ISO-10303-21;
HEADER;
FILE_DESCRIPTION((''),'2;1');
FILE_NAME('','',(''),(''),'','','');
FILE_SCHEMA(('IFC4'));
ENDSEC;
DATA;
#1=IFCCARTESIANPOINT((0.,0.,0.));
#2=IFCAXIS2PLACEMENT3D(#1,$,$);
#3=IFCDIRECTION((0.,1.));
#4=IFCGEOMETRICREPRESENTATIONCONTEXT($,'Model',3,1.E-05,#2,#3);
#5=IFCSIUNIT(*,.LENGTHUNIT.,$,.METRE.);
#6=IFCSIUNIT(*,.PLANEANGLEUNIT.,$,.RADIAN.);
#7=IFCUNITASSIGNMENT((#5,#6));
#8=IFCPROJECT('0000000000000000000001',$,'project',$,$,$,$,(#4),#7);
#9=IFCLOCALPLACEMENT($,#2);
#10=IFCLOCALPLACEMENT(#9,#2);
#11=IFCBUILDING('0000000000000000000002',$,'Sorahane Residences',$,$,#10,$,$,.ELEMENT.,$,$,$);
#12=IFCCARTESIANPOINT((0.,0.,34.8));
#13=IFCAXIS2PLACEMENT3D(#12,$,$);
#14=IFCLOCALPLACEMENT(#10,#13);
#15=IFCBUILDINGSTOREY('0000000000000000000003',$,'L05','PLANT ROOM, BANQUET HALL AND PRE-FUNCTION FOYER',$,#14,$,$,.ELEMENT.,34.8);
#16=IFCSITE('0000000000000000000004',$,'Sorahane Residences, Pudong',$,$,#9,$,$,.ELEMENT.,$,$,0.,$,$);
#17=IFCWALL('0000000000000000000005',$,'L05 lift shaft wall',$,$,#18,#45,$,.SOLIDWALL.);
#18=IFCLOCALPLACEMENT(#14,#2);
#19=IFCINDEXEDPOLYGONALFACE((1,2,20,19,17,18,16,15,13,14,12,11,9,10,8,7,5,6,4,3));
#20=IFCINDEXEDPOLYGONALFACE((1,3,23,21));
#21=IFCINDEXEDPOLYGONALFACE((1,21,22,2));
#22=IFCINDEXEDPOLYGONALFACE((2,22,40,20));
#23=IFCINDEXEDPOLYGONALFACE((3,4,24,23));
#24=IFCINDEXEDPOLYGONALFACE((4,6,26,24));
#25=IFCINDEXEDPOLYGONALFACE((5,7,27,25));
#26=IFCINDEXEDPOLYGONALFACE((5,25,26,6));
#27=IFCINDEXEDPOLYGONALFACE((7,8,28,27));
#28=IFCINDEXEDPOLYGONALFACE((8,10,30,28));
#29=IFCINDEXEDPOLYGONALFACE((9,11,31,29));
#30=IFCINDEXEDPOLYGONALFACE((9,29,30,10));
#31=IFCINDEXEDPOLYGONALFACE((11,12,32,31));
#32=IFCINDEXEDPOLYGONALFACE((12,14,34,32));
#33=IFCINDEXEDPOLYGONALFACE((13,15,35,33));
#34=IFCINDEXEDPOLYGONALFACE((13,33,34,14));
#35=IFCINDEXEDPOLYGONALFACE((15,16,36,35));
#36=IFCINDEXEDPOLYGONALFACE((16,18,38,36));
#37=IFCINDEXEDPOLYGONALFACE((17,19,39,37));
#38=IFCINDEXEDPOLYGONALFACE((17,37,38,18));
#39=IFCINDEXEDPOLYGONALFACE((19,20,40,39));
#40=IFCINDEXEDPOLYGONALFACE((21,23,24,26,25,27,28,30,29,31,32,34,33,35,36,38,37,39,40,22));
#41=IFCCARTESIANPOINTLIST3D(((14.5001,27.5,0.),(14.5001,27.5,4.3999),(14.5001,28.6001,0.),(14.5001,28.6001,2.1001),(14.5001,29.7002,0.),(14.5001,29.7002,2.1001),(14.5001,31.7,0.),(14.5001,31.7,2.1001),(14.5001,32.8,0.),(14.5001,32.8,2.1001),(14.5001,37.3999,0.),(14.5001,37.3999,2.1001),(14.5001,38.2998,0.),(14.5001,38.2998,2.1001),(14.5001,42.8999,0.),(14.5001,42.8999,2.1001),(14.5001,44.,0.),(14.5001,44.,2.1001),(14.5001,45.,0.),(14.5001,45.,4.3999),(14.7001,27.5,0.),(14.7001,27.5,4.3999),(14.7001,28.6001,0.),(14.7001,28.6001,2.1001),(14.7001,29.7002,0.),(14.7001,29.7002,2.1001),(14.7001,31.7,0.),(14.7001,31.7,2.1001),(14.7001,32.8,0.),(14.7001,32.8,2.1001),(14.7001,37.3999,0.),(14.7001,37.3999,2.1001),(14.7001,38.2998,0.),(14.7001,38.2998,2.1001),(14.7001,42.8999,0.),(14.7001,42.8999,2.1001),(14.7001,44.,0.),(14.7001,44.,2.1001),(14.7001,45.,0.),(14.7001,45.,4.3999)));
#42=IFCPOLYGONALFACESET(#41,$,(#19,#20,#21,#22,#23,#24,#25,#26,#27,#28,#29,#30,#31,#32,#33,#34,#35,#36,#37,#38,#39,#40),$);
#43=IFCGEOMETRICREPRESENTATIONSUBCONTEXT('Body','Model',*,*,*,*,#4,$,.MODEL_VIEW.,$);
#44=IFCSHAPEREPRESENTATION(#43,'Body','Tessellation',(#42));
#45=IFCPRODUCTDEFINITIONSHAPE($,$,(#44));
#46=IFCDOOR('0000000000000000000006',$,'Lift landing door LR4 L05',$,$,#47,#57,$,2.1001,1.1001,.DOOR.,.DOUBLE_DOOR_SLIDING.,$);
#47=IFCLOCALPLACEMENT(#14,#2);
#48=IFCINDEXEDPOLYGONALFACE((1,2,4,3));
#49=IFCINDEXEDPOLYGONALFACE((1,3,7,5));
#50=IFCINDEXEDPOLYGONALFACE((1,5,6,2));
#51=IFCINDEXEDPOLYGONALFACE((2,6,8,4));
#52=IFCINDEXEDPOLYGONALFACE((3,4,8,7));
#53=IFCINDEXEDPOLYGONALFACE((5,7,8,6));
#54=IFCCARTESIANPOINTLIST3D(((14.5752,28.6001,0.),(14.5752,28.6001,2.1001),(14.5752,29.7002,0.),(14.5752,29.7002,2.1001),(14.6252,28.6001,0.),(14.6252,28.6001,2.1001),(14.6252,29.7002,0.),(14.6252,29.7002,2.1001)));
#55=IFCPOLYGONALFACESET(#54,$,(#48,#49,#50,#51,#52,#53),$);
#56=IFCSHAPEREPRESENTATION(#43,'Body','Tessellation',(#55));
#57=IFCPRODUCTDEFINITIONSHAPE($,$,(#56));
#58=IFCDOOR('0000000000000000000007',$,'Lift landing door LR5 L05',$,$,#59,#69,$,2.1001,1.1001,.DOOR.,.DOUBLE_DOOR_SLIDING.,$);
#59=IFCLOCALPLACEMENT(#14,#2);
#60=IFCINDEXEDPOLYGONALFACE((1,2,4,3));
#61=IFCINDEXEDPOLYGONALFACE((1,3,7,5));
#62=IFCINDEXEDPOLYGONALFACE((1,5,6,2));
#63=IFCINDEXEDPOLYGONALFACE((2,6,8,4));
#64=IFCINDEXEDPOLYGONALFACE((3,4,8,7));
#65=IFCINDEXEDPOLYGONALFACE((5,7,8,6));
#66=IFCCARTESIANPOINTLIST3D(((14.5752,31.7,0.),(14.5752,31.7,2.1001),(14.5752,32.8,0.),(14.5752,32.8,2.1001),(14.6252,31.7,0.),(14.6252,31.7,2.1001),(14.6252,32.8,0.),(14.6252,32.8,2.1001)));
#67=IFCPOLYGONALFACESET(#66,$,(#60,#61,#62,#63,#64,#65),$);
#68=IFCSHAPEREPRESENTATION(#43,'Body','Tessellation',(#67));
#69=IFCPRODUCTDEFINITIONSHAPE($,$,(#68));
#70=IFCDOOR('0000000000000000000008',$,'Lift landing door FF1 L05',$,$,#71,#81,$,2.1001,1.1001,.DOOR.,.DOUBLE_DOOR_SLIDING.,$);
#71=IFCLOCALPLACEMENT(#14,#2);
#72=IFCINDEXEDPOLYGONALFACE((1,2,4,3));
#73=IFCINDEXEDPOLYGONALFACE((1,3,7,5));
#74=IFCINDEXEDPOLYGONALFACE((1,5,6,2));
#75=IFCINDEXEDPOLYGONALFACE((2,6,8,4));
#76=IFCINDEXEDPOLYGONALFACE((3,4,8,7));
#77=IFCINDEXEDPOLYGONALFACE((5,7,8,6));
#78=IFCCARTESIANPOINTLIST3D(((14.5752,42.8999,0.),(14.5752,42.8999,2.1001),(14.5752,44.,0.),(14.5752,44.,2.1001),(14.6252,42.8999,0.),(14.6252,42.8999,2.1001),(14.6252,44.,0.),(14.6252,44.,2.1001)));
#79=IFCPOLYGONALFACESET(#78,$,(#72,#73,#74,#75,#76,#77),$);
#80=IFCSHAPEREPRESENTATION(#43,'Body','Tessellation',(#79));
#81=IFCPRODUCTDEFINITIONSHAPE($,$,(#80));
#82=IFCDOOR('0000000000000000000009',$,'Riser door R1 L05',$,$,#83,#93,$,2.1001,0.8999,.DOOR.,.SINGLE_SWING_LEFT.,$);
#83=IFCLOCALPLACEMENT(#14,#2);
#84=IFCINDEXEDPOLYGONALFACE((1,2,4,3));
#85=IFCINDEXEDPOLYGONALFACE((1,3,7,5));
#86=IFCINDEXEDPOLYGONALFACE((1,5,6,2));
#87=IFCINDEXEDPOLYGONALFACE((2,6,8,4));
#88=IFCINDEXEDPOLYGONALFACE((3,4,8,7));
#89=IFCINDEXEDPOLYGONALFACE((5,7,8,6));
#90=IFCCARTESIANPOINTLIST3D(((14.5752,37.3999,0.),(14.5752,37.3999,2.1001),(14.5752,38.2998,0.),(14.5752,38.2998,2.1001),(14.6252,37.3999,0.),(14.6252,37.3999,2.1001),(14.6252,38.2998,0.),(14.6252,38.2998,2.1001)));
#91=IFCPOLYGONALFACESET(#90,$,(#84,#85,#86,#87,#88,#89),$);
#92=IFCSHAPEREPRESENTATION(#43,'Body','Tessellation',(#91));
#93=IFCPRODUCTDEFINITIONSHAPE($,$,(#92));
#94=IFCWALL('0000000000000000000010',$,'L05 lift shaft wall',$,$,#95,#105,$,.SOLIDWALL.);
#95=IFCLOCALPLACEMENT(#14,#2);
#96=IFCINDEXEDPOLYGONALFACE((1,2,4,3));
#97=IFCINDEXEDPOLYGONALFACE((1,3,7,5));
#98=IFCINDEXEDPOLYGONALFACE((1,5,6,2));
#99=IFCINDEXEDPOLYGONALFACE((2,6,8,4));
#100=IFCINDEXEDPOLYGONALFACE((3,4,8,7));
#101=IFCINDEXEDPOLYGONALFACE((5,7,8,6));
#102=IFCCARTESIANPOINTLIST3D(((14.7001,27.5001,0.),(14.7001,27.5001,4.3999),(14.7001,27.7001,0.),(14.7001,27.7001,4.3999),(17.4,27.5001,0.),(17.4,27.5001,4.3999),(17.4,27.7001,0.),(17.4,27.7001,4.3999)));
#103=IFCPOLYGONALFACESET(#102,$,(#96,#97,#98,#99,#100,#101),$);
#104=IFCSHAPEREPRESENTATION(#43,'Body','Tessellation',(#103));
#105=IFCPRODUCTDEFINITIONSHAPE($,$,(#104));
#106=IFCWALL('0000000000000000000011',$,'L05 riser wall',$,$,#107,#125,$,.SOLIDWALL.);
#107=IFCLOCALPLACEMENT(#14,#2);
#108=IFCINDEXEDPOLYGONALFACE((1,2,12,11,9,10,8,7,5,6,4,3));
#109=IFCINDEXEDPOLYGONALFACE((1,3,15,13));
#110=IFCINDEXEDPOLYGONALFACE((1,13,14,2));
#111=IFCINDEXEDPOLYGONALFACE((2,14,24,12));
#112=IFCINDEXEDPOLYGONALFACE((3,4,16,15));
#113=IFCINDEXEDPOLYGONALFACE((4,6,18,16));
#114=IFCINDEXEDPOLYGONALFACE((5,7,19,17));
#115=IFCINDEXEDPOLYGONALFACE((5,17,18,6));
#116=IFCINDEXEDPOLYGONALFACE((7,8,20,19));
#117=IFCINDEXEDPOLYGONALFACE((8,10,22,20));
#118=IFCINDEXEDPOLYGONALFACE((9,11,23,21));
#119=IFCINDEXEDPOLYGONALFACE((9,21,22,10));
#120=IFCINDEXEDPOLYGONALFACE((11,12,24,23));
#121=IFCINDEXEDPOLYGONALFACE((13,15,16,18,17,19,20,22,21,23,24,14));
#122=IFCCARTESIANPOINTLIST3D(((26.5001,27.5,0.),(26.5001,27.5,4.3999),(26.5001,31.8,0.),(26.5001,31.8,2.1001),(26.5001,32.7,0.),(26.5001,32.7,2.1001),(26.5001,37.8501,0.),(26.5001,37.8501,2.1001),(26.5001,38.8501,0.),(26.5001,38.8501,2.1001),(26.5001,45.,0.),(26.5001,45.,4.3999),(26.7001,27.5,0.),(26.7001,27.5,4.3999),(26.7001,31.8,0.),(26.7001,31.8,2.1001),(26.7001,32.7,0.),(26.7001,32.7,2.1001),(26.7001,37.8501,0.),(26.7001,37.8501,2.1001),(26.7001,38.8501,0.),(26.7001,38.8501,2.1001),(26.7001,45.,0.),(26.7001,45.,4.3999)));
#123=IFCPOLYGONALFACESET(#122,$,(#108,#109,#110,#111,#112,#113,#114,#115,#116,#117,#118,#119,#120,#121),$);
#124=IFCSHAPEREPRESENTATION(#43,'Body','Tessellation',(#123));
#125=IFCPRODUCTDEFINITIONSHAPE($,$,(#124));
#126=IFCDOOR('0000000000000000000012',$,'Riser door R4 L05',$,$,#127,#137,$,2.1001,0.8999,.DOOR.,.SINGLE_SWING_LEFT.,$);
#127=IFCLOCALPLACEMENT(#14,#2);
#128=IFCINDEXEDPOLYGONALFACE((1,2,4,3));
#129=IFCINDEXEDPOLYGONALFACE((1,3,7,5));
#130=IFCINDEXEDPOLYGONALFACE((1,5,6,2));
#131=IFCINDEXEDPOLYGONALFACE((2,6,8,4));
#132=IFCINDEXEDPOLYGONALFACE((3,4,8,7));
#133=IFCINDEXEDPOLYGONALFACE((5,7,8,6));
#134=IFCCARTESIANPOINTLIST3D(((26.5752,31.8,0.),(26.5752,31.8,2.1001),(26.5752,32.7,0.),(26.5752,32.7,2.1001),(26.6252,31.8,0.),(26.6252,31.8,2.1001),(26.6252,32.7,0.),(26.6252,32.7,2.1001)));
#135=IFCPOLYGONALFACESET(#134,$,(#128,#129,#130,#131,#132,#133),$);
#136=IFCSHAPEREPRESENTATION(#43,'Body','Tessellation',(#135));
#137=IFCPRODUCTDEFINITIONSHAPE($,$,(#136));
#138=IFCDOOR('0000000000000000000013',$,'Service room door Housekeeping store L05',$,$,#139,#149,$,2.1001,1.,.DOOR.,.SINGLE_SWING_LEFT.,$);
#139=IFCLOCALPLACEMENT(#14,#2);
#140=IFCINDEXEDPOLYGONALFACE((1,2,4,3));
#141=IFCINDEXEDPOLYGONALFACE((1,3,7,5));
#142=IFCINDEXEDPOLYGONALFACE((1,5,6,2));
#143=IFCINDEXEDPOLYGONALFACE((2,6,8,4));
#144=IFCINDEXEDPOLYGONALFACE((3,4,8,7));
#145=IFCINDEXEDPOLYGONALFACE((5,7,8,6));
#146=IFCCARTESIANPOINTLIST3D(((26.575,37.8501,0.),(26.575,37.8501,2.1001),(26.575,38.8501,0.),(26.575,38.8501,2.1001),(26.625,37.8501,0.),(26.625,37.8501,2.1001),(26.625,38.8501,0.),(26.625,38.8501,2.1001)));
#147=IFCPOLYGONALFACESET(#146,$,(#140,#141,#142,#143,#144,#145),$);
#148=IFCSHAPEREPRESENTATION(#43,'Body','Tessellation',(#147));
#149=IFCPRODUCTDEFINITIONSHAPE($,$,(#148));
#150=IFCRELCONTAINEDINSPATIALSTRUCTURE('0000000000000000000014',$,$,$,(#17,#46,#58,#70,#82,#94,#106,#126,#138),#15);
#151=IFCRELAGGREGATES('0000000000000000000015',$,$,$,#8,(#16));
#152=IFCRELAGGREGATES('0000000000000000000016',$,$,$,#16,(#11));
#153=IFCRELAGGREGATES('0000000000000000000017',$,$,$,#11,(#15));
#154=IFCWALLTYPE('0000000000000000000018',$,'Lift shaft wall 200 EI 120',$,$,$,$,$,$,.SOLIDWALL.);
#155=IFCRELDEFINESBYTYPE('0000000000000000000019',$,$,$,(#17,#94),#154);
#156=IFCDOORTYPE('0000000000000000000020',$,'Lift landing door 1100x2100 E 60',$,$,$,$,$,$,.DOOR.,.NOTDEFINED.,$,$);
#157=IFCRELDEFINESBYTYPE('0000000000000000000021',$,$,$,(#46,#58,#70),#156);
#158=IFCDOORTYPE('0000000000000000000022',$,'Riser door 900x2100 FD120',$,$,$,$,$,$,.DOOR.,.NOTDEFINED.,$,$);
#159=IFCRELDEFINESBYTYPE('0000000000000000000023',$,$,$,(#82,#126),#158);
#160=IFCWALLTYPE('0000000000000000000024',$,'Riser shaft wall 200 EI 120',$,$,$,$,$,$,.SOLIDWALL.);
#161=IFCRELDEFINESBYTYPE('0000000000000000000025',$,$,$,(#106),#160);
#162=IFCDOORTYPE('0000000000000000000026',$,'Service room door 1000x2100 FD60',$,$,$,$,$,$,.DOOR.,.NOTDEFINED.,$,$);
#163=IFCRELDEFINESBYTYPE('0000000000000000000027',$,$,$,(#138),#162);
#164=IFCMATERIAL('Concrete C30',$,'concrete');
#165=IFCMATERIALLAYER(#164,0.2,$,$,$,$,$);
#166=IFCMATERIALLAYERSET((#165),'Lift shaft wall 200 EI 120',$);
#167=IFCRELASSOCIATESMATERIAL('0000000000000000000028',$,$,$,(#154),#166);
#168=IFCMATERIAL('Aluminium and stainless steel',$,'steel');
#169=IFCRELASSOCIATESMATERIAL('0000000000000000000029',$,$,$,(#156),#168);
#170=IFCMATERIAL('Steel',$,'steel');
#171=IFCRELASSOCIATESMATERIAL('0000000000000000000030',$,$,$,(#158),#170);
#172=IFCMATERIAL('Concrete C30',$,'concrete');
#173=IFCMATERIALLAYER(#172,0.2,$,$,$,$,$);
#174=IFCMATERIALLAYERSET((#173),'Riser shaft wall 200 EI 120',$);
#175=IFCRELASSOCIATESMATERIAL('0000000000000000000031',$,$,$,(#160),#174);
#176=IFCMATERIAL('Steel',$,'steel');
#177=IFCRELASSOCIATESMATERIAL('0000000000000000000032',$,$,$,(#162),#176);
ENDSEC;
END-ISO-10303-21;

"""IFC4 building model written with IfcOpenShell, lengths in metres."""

from ifc_helpers import new_model, si_unit, direction, frame, frame_2d, origin, place, context, subcontext, project, spatial, rectangle, extrude, material, layer, layer_set, type_object, element, fill, save


model = new_model("IFC4")

# Units and contexts
model_context = context("Model", 3, precision=1e-05, world=origin(), true_north=direction((0.0, 1.0)))
body_context = subcontext(model_context, "Body", "Model", "MODEL_VIEW")
ifc_project = project(units=[si_unit("LENGTHUNIT", "METRE"), si_unit("PLANEANGLEUNIT", "RADIAN")], contexts=[model_context])

# Site, building, storey
site_placement = place(None, origin())
site = spatial("IfcSite", under=ifc_project, at=site_placement, Name="Sorahane Residences, Pudong", CompositionType="ELEMENT", RefElevation=0.0)
building_placement = place(site_placement, origin())
building = spatial("IfcBuilding", under=site, at=building_placement, Name="Sorahane Residences", CompositionType="ELEMENT")
storey_placement = place(building_placement, frame((0.0, 0.0, 34.8)))
storey = spatial("IfcBuildingStorey", under=building, at=storey_placement, Name="L05", Description="PLANT ROOM, BANQUET HALL AND PRE-FUNCTION FOYER", CompositionType="ELEMENT", Elevation=34.8)

# Wall, openings, doors
ifc_material_1 = material(Name="Concrete C30", Category="concrete")
ifc_layer_1 = layer(ifc_material_1, 0.2)
ifc_layer_set_1 = layer_set([ifc_layer_1], Name="Lift shaft wall 200 EI 120")
wall_type_1 = type_object("IfcWallType", Name="Lift shaft wall 200 EI 120", PredefinedType="SOLIDWALL", material=ifc_layer_set_1)
wall_1_placement = place(storey_placement, frame((14.6001, 27.5, 0.0), z_axis=(0.0, 0.0, 1.0), x_axis=(0.0, 1.0, 0.0)))
wall_1 = element("IfcWall", 1, at=wall_1_placement, inside=storey, type_object=wall_type_1, Name="L05 lift shaft wall", PredefinedType="SOLIDWALL", context=body_context, shape_type="SweptSolid", body=[
    extrude(rectangle(XDim=17.5, YDim=0.2, at=frame_2d((8.75, 0.0))), origin(), (0.0, 0.0, 1.0), 4.3999),
])
opening_1_placement = place(wall_1_placement, frame((1.1001, 0.0, 0.0)))
opening_1 = element("IfcOpeningElement", 2, at=opening_1_placement, cuts=wall_1, PredefinedType="OPENING", context=body_context, shape_type="SweptSolid", body=[
    extrude(rectangle(XDim=1.1001, YDim=2.1001, at=frame_2d((0.55, 1.05))), frame((0.0, 0.1099, 0.0), z_axis=(0.0, -1.0, 0.0), x_axis=(1.0, 0.0, 0.0)), (0.0, 0.0, 1.0), 0.22),
])
opening_2_placement = place(wall_1_placement, frame((4.2, 0.0, 0.0)))
opening_2 = element("IfcOpeningElement", 3, at=opening_2_placement, cuts=wall_1, PredefinedType="OPENING", context=body_context, shape_type="SweptSolid", body=[
    extrude(rectangle(XDim=1.1001, YDim=2.1001, at=frame_2d((0.55, 1.05))), frame((0.0, 0.1099, 0.0), z_axis=(0.0, -1.0, 0.0), x_axis=(1.0, 0.0, 0.0)), (0.0, 0.0, 1.0), 0.22),
])
opening_3_placement = place(wall_1_placement, frame((15.3999, 0.0, 0.0)))
opening_3 = element("IfcOpeningElement", 4, at=opening_3_placement, cuts=wall_1, PredefinedType="OPENING", context=body_context, shape_type="SweptSolid", body=[
    extrude(rectangle(XDim=1.1001, YDim=2.1001, at=frame_2d((0.55, 1.05))), frame((0.0, 0.1099, 0.0), z_axis=(0.0, -1.0, 0.0), x_axis=(1.0, 0.0, 0.0)), (0.0, 0.0, 1.0), 0.22),
])
opening_4_placement = place(wall_1_placement, frame((9.8999, 0.0, 0.0)))
opening_4 = element("IfcOpeningElement", 5, at=opening_4_placement, cuts=wall_1, PredefinedType="OPENING", context=body_context, shape_type="SweptSolid", body=[
    extrude(rectangle(XDim=0.8999, YDim=2.1001, at=frame_2d((0.45, 1.05))), frame((0.0, 0.1099, 0.0), z_axis=(0.0, -1.0, 0.0), x_axis=(1.0, 0.0, 0.0)), (0.0, 0.0, 1.0), 0.22),
])
ifc_material_2 = material(Name="Aluminium and stainless steel", Category="steel")
door_type_1 = type_object("IfcDoorType", Name="Lift landing door 1100x2100 E 60", OperationType="NOTDEFINED", PredefinedType="DOOR", material=ifc_material_2)
door_1_placement = place(opening_1_placement, origin())
door_1 = element("IfcDoor", 6, at=door_1_placement, inside=storey, type_object=door_type_1, Name="Lift landing door LR4 L05", OperationType="DOUBLE_DOOR_SLIDING", OverallHeight=2.1001, OverallWidth=1.1001, PredefinedType="DOOR", context=body_context, shape_type="SweptSolid", body=[
    extrude(rectangle(XDim=1.1001, YDim=2.1001, at=frame_2d((0.55, 1.05))), frame((0.0, 0.0249, 0.0), z_axis=(0.0, -1.0, 0.0), x_axis=(1.0, 0.0, 0.0)), (0.0, 0.0, 1.0), 0.05),
])
fill(opening_1, door_1)
door_2_placement = place(opening_2_placement, origin())
door_2 = element("IfcDoor", 7, at=door_2_placement, inside=storey, type_object=door_type_1, Name="Lift landing door LR5 L05", OperationType="DOUBLE_DOOR_SLIDING", OverallHeight=2.1001, OverallWidth=1.1001, PredefinedType="DOOR", context=body_context, shape_type="SweptSolid", body=[
    extrude(rectangle(XDim=1.1001, YDim=2.1001, at=frame_2d((0.55, 1.05))), frame((0.0, 0.0249, 0.0), z_axis=(0.0, -1.0, 0.0), x_axis=(1.0, 0.0, 0.0)), (0.0, 0.0, 1.0), 0.05),
])
fill(opening_2, door_2)
door_3_placement = place(opening_3_placement, origin())
door_3 = element("IfcDoor", 8, at=door_3_placement, inside=storey, type_object=door_type_1, Name="Lift landing door FF1 L05", OperationType="DOUBLE_DOOR_SLIDING", OverallHeight=2.1001, OverallWidth=1.1001, PredefinedType="DOOR", context=body_context, shape_type="SweptSolid", body=[
    extrude(rectangle(XDim=1.1001, YDim=2.1001, at=frame_2d((0.55, 1.05))), frame((0.0, 0.0249, 0.0), z_axis=(0.0, -1.0, 0.0), x_axis=(1.0, 0.0, 0.0)), (0.0, 0.0, 1.0), 0.05),
])
fill(opening_3, door_3)
ifc_material_3 = material(Name="Steel", Category="steel")
door_type_2 = type_object("IfcDoorType", Name="Riser door 900x2100 FD120", OperationType="NOTDEFINED", PredefinedType="DOOR", material=ifc_material_3)
door_4_placement = place(opening_4_placement, origin())
door_4 = element("IfcDoor", 9, at=door_4_placement, inside=storey, type_object=door_type_2, Name="Riser door R1 L05", OperationType="SINGLE_SWING_LEFT", OverallHeight=2.1001, OverallWidth=0.8999, PredefinedType="DOOR", context=body_context, shape_type="SweptSolid", body=[
    extrude(rectangle(XDim=0.8999, YDim=2.1001, at=frame_2d((0.45, 1.05))), frame((0.0, 0.0249, 0.0), z_axis=(0.0, -1.0, 0.0), x_axis=(1.0, 0.0, 0.0)), (0.0, 0.0, 1.0), 0.05),
])
fill(opening_4, door_4)

# Wall
wall_2_placement = place(storey_placement, frame((14.7, 27.6001, 0.0), z_axis=(0.0, 0.0, 1.0), x_axis=(1.0, 0.0, 0.0)))
element("IfcWall", 10, at=wall_2_placement, inside=storey, type_object=wall_type_1, Name="L05 lift shaft wall", PredefinedType="SOLIDWALL", context=body_context, shape_type="SweptSolid", body=[
    extrude(rectangle(XDim=2.7, YDim=0.2, at=frame_2d((1.3501, 0.0))), origin(), (0.0, 0.0, 1.0), 4.3999),
])

# Wall, openings, doors
ifc_material_4 = material(Name="Concrete C30", Category="concrete")
ifc_layer_2 = layer(ifc_material_4, 0.2)
ifc_layer_set_2 = layer_set([ifc_layer_2], Name="Riser shaft wall 200 EI 120")
wall_type_2 = type_object("IfcWallType", Name="Riser shaft wall 200 EI 120", PredefinedType="SOLIDWALL", material=ifc_layer_set_2)
wall_3_placement = place(storey_placement, frame((26.6001, 27.5, 0.0), z_axis=(0.0, 0.0, 1.0), x_axis=(0.0, 1.0, 0.0)))
wall_3 = element("IfcWall", 11, at=wall_3_placement, inside=storey, type_object=wall_type_2, Name="L05 riser wall", PredefinedType="SOLIDWALL", context=body_context, shape_type="SweptSolid", body=[
    extrude(rectangle(XDim=17.5, YDim=0.2, at=frame_2d((8.75, 0.0))), origin(), (0.0, 0.0, 1.0), 4.3999),
])
opening_5_placement = place(wall_3_placement, frame((4.3, 0.0, 0.0)))
opening_5 = element("IfcOpeningElement", 12, at=opening_5_placement, cuts=wall_3, PredefinedType="OPENING", context=body_context, shape_type="SweptSolid", body=[
    extrude(rectangle(XDim=0.8999, YDim=2.1001, at=frame_2d((0.45, 1.05))), frame((0.0, 0.1099, 0.0), z_axis=(0.0, -1.0, 0.0), x_axis=(1.0, 0.0, 0.0)), (0.0, 0.0, 1.0), 0.22),
])
opening_6_placement = place(wall_3_placement, frame((10.3501, 0.0, 0.0)))
opening_6 = element("IfcOpeningElement", 13, at=opening_6_placement, cuts=wall_3, PredefinedType="OPENING", context=body_context, shape_type="SweptSolid", body=[
    extrude(rectangle(XDim=1.0, YDim=2.1001, at=frame_2d((0.5, 1.05))), frame((0.0, 0.1099, 0.0), z_axis=(0.0, -1.0, 0.0), x_axis=(1.0, 0.0, 0.0)), (0.0, 0.0, 1.0), 0.22),
])
door_5_placement = place(opening_5_placement, origin())
door_5 = element("IfcDoor", 14, at=door_5_placement, inside=storey, type_object=door_type_2, Name="Riser door R4 L05", OperationType="SINGLE_SWING_LEFT", OverallHeight=2.1001, OverallWidth=0.8999, PredefinedType="DOOR", context=body_context, shape_type="SweptSolid", body=[
    extrude(rectangle(XDim=0.8999, YDim=2.1001, at=frame_2d((0.45, 1.05))), frame((0.0, 0.0249, 0.0), z_axis=(0.0, -1.0, 0.0), x_axis=(1.0, 0.0, 0.0)), (0.0, 0.0, 1.0), 0.05),
])
fill(opening_5, door_5)
ifc_material_5 = material(Name="Steel", Category="steel")
door_type_3 = type_object("IfcDoorType", Name="Service room door 1000x2100 FD60", OperationType="NOTDEFINED", PredefinedType="DOOR", material=ifc_material_5)
door_6_placement = place(opening_6_placement, frame((1.0, 0.0, 0.0), z_axis=(0.0, 0.0, 1.0), x_axis=(-1.0, 0.0, 0.0)))
door_6 = element("IfcDoor", 15, at=door_6_placement, inside=storey, type_object=door_type_3, Name="Service room door Housekeeping store L05", OperationType="SINGLE_SWING_LEFT", OverallHeight=2.1001, OverallWidth=1.0, PredefinedType="DOOR", context=body_context, shape_type="SweptSolid", body=[
    extrude(rectangle(XDim=1.0, YDim=2.1001, at=frame_2d((0.5, 1.05))), frame((0.0, 0.0249, 0.0), z_axis=(0.0, -1.0, 0.0), x_axis=(1.0, 0.0, 0.0)), (0.0, 0.0, 1.0), 0.05),
])
fill(opening_6, door_6)

save(model, "model.ifc")
